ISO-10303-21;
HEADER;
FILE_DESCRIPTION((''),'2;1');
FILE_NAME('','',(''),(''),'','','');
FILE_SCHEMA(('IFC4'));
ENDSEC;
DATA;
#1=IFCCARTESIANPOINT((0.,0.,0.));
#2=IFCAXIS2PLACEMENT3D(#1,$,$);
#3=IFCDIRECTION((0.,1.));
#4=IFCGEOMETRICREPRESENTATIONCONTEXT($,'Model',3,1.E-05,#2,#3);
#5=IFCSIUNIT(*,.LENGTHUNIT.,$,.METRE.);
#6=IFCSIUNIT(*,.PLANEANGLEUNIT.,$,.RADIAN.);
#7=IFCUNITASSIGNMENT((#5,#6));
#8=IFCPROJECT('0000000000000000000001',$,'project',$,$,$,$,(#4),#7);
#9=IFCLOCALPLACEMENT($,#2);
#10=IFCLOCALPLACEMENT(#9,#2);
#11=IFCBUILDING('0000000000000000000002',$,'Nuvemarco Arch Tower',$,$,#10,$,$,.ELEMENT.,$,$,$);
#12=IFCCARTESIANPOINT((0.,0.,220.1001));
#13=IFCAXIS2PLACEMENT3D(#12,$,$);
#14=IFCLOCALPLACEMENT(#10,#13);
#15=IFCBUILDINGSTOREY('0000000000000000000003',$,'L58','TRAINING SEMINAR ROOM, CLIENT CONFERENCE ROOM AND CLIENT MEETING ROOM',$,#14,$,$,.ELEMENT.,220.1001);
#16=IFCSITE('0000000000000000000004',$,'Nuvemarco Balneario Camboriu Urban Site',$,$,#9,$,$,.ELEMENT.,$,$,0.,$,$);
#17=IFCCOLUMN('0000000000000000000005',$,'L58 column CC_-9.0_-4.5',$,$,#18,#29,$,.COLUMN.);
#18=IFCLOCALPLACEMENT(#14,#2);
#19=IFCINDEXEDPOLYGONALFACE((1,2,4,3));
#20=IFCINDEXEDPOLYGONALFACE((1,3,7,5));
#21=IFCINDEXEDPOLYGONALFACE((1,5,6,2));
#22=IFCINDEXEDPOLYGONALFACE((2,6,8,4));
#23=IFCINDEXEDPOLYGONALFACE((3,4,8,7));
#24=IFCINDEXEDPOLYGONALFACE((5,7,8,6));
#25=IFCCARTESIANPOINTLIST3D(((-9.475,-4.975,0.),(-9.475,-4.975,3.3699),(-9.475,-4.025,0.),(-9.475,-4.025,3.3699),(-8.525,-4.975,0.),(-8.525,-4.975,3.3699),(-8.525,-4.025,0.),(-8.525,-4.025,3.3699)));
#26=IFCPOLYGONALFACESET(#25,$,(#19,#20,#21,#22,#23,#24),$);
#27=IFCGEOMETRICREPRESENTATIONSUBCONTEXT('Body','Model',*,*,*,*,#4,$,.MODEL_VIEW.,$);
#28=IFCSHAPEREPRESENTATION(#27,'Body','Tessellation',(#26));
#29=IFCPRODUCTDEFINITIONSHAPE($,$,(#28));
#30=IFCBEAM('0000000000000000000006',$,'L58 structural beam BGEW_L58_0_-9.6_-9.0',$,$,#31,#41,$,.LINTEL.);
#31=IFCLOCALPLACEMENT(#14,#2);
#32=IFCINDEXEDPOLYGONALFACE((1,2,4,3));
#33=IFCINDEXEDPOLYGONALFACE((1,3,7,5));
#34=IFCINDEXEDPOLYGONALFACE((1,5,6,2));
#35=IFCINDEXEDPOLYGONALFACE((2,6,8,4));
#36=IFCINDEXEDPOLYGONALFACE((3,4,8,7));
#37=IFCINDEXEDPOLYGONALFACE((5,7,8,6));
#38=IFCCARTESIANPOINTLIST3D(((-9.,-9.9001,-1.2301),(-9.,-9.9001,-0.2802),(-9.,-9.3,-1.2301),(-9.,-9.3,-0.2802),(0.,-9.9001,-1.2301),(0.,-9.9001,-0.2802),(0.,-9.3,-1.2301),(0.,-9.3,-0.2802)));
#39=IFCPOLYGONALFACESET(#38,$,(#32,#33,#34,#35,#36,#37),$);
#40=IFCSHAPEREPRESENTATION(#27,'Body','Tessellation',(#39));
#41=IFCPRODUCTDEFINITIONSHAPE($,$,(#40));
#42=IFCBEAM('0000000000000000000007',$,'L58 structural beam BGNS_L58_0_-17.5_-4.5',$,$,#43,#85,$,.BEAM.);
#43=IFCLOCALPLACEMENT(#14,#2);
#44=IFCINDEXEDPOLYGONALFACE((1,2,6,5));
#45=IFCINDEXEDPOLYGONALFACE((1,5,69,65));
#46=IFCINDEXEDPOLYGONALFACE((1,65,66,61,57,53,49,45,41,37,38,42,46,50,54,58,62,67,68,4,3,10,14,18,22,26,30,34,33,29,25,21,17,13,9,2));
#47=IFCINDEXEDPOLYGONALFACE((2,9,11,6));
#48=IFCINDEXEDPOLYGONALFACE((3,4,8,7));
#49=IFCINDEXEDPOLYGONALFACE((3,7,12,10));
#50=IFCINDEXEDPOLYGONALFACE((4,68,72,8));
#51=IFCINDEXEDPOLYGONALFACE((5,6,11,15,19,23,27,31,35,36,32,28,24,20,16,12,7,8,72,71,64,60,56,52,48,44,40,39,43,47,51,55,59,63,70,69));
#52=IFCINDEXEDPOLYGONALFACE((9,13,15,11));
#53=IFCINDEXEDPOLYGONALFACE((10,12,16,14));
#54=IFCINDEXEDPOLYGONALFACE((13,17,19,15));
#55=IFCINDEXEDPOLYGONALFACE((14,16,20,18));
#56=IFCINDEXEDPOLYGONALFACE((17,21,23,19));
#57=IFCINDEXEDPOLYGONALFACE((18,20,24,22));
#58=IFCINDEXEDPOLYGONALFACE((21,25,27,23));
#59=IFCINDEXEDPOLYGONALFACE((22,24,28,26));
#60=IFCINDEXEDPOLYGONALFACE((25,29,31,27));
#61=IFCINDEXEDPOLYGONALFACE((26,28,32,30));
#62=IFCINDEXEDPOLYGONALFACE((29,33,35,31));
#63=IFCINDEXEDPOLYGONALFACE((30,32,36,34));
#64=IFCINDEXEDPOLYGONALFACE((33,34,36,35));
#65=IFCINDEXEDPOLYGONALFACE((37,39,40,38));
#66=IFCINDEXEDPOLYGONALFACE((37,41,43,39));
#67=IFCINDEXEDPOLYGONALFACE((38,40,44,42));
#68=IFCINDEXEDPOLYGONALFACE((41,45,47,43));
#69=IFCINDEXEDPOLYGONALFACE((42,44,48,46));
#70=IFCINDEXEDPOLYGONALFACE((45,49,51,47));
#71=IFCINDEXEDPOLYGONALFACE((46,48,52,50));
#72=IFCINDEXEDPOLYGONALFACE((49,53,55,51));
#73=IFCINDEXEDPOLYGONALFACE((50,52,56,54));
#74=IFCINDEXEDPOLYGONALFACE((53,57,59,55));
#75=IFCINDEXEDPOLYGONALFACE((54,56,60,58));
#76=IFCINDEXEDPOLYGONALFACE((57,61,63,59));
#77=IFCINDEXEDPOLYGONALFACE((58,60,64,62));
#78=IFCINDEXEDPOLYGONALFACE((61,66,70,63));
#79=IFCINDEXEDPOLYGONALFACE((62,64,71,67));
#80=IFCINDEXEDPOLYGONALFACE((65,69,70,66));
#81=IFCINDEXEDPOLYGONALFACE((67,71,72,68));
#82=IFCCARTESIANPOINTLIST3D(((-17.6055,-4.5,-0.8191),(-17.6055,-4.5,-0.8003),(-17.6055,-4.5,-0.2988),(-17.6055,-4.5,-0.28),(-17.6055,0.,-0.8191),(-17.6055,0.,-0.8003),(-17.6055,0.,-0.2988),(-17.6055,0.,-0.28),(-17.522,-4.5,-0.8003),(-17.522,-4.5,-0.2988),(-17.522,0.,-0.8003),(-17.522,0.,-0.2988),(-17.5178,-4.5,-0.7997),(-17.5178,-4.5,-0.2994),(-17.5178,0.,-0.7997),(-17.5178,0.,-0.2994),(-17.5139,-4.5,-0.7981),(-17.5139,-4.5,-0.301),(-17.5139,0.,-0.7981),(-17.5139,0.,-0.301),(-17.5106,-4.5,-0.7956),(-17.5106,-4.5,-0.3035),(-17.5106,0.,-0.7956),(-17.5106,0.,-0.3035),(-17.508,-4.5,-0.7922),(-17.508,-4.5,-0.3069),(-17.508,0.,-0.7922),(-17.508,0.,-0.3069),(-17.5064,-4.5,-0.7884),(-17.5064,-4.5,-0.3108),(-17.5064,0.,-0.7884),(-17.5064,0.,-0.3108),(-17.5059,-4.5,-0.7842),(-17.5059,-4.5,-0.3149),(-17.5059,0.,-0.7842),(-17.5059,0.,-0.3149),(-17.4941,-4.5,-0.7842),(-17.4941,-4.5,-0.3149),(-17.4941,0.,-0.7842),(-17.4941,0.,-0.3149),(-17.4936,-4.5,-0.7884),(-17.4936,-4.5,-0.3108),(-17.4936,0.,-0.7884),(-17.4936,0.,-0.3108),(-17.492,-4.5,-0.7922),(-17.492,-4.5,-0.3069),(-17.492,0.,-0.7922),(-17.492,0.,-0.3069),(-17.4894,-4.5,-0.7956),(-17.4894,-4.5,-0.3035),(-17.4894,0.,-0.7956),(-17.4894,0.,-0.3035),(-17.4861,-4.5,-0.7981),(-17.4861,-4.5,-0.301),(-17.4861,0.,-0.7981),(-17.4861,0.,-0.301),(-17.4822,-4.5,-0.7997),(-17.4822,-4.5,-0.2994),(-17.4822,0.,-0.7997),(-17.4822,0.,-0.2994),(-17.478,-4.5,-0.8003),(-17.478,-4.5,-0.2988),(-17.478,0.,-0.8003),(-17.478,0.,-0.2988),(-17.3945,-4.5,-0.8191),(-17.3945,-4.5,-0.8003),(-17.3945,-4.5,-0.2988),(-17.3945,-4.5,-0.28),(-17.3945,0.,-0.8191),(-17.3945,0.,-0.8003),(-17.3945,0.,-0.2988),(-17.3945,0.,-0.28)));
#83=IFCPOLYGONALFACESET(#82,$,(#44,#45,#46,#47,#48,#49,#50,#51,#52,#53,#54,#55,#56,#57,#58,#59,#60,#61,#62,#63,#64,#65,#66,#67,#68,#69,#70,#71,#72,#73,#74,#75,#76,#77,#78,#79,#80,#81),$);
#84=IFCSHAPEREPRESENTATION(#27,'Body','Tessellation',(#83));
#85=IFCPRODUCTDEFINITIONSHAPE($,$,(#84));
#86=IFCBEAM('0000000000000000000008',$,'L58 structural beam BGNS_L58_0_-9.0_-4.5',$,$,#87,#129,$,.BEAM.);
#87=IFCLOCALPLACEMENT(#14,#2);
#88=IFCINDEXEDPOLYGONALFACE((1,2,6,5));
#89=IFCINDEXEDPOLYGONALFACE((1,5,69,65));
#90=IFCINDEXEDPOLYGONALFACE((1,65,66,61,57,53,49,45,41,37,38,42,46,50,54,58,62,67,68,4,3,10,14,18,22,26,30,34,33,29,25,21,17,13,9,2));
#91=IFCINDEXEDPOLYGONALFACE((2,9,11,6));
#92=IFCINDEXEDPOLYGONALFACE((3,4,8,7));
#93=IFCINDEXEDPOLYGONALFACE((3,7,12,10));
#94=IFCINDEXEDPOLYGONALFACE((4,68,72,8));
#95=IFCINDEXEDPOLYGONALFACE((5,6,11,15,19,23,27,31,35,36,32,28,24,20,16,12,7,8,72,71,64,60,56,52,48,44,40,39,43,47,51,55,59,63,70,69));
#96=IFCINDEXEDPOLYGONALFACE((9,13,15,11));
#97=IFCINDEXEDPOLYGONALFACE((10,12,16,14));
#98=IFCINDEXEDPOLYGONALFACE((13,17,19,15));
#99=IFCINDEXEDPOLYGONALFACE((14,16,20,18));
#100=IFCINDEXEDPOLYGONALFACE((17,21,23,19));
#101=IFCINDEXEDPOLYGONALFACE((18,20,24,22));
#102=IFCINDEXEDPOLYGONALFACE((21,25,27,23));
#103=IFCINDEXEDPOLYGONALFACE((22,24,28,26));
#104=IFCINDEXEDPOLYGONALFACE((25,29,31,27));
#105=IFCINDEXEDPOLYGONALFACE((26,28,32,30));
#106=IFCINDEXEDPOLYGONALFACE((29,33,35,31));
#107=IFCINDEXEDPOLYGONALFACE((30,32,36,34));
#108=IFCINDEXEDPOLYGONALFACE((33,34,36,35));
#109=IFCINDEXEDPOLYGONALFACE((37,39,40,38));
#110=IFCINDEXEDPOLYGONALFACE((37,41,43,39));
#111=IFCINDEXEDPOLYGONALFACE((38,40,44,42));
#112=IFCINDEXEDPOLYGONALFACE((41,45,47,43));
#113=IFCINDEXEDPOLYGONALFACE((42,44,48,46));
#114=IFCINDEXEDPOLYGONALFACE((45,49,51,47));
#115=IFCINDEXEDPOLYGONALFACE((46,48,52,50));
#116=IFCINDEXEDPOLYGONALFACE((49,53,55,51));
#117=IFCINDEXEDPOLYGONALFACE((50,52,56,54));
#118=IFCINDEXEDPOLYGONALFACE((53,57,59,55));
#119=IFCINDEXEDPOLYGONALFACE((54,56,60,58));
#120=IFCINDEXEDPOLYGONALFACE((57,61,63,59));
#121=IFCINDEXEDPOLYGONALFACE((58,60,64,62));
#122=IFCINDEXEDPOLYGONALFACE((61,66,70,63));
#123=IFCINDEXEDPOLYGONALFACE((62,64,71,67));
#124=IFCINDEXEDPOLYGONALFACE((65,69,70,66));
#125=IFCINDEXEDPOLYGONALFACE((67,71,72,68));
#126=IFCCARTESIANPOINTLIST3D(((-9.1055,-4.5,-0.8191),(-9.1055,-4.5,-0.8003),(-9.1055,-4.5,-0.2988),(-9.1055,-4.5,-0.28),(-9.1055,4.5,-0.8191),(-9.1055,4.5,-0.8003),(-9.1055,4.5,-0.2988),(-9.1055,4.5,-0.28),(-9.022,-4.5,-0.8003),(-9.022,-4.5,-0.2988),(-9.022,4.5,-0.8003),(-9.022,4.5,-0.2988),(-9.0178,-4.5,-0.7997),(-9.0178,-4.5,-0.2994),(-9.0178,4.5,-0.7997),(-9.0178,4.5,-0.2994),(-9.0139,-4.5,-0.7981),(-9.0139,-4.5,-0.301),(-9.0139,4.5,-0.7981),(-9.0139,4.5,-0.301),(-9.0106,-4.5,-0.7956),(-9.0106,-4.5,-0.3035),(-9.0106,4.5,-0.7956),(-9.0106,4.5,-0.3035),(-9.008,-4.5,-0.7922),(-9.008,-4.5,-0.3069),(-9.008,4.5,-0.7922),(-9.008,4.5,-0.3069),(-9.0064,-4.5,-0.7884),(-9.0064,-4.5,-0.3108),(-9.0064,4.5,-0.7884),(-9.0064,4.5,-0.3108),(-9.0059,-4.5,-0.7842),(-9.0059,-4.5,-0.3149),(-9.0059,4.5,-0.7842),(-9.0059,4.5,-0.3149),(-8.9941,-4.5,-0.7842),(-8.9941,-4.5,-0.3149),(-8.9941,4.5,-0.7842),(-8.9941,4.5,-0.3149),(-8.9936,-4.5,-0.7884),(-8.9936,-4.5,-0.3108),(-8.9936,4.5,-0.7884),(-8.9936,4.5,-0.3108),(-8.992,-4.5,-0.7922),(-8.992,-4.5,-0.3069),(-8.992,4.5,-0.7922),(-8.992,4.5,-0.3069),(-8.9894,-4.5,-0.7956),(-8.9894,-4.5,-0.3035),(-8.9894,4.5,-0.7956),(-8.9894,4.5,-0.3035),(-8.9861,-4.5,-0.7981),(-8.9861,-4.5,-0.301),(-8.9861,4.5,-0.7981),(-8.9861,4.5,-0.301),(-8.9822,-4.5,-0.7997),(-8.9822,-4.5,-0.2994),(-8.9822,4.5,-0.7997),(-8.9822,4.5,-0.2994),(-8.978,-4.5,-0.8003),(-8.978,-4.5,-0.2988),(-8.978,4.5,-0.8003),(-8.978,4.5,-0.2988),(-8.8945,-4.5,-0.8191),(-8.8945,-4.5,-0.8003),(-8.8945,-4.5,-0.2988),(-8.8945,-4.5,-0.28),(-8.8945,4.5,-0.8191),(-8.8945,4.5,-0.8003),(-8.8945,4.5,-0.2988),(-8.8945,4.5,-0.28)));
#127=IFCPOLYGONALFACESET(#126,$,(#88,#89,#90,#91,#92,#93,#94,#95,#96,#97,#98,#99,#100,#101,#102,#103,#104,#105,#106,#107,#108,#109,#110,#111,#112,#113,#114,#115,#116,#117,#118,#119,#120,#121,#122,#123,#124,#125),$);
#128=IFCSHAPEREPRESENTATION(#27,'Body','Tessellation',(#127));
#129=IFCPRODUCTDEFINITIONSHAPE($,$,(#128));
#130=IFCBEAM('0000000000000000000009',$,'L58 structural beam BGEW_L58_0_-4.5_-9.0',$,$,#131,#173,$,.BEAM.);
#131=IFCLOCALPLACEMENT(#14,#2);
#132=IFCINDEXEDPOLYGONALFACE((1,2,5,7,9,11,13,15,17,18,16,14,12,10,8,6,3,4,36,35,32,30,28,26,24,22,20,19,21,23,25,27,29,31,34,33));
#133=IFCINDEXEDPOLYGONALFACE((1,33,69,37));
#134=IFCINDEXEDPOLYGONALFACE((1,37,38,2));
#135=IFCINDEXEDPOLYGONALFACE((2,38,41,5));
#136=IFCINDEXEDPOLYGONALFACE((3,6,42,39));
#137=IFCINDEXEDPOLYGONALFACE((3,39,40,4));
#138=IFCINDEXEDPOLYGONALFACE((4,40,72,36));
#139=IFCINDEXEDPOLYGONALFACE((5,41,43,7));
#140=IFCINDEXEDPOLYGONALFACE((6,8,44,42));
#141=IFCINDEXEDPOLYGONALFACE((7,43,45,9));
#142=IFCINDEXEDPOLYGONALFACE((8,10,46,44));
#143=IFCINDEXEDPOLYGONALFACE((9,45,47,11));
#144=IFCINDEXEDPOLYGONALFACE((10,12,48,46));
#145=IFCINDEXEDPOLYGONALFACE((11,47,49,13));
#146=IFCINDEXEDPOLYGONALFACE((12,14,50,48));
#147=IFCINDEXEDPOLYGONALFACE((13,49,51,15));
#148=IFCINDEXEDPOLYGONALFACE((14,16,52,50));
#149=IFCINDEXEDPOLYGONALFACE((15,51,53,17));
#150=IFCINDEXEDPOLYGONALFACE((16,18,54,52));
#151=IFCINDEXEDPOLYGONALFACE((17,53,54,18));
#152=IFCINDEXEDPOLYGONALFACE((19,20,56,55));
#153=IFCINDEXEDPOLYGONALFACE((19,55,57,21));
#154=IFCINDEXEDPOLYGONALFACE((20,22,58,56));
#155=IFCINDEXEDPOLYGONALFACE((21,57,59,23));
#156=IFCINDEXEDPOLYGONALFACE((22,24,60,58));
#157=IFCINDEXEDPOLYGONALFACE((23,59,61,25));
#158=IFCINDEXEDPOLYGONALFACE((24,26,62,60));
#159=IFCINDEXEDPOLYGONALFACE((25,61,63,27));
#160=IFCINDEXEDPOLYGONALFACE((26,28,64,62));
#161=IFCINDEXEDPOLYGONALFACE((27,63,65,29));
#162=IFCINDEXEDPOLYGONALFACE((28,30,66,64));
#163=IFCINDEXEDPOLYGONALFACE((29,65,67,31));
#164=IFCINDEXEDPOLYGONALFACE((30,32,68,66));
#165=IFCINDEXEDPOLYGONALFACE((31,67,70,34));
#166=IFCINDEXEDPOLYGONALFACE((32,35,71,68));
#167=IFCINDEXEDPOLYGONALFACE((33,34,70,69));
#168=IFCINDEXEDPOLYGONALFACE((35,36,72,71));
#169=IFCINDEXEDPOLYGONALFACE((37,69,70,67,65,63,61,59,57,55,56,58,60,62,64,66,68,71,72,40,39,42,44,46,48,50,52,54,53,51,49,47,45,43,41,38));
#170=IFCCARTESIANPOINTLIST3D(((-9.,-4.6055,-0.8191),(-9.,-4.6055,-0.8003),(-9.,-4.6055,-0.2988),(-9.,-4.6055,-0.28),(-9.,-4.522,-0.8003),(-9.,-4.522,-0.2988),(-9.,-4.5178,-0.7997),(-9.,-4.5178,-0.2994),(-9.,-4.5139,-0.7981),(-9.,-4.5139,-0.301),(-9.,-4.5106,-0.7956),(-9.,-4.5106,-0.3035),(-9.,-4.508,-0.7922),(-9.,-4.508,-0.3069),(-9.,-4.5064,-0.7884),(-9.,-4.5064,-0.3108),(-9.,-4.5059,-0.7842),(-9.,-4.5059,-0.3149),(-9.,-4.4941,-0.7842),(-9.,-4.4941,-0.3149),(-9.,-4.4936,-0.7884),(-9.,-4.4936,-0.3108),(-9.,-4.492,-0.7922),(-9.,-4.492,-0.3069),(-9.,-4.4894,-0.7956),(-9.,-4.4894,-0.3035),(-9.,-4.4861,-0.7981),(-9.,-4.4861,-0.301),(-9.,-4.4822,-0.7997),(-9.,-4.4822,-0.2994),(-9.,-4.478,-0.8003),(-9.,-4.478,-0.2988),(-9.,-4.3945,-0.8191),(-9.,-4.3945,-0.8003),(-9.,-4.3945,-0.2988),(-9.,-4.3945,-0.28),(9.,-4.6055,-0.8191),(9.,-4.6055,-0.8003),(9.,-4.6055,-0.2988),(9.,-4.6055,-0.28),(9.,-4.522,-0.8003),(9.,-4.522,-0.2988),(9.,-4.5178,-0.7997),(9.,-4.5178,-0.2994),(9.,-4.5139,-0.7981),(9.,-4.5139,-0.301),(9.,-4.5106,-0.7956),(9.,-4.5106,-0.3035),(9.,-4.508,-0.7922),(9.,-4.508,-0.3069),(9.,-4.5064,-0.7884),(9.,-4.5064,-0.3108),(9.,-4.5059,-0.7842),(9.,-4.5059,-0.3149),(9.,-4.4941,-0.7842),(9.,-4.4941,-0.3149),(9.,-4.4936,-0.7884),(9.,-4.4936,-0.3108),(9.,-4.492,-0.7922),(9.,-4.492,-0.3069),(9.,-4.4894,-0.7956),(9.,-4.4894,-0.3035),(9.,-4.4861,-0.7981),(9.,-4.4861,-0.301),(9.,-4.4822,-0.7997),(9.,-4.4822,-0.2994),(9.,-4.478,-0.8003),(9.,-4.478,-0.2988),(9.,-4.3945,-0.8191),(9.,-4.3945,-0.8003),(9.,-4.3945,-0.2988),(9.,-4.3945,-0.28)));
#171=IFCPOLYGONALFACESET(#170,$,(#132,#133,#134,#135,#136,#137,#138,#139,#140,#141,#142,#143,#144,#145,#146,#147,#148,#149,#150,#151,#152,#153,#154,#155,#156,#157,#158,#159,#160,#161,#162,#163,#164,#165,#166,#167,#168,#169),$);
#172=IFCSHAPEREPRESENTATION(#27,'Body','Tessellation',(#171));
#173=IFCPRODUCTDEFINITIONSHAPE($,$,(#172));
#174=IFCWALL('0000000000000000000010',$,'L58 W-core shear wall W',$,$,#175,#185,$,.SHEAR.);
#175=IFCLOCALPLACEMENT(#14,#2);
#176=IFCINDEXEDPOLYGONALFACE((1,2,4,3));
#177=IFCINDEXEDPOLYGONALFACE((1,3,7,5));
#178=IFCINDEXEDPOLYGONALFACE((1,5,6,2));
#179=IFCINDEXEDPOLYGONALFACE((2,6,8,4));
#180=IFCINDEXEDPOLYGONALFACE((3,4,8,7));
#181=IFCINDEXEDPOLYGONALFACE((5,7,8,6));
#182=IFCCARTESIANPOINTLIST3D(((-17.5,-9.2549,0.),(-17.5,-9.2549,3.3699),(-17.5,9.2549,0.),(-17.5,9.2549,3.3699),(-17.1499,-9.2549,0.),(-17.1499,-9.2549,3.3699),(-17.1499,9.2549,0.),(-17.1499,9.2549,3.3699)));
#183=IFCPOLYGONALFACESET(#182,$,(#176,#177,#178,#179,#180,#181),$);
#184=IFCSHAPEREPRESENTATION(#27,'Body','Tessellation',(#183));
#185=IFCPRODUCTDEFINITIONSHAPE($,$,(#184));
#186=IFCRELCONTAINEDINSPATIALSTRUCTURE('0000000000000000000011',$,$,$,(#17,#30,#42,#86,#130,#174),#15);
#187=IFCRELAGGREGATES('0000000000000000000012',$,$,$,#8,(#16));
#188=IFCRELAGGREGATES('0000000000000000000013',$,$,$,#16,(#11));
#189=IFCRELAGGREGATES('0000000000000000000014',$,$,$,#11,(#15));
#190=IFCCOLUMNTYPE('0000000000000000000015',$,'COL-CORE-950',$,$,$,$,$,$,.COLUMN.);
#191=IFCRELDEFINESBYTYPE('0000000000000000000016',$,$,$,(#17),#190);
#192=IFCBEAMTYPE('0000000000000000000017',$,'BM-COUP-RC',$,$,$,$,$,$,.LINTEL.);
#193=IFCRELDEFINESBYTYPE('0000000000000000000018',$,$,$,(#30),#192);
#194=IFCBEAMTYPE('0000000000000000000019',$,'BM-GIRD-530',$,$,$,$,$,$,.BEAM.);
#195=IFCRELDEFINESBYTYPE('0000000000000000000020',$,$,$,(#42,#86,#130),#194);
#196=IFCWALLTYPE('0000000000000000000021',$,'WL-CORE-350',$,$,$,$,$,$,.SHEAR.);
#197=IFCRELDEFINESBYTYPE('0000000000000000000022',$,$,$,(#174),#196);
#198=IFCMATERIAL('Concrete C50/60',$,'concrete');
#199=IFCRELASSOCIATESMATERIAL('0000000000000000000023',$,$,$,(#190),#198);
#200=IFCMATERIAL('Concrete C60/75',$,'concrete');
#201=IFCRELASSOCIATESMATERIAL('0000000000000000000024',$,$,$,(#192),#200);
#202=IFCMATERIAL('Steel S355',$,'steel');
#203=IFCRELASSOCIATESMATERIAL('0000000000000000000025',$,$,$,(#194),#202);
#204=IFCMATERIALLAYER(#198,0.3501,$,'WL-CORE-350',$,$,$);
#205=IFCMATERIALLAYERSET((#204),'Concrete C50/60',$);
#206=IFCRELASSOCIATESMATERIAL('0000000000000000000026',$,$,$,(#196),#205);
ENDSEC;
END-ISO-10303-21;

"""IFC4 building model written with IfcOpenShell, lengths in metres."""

from ifc_helpers import new_model, si_unit, direction, frame, frame_2d, origin, origin_2d, place, context, subcontext, project, spatial, rectangle, i_section, extrude, material, layer, layer_set, material_profile, profile_set, type_object, element, save


model = new_model("IFC4")

# Units and contexts
model_context = context("Model", 3, precision=1e-05, world=origin(), true_north=direction((0.0, 1.0)))
body_context = subcontext(model_context, "Body", "Model", "MODEL_VIEW")
ifc_project = project(units=[si_unit("LENGTHUNIT", "METRE"), si_unit("PLANEANGLEUNIT", "RADIAN")], contexts=[model_context])

# Site, building, storey
site_placement = place(None, origin())
site = spatial("IfcSite", under=ifc_project, at=site_placement, Name="Nuvemarco Balneario Camboriu Urban Site", CompositionType="ELEMENT", RefElevation=0.0)
building_placement = place(site_placement, origin())
building = spatial("IfcBuilding", under=site, at=building_placement, Name="Nuvemarco Arch Tower", CompositionType="ELEMENT")
storey_placement = place(building_placement, frame((0.0, 0.0, 220.1001)))
storey = spatial("IfcBuildingStorey", under=building, at=storey_placement, Name="L58", Description="TRAINING SEMINAR ROOM, CLIENT CONFERENCE ROOM AND CLIENT MEETING ROOM", CompositionType="ELEMENT", Elevation=220.1001)

# Column
ifc_material_1 = material(Name="Concrete C50/60", Category="concrete")
ifc_material_profile_1 = material_profile(ifc_material_1, rectangle(XDim=0.95, YDim=0.95, at=origin_2d()), Name="RC-COL-950x950")
ifc_profile_set_1 = profile_set([ifc_material_profile_1], Name="Concrete C50/60")
column_type = type_object("IfcColumnType", Name="COL-CORE-950", PredefinedType="COLUMN", material=ifc_profile_set_1)
column_placement = place(storey_placement, frame((-9.0, -4.5, 0.0), z_axis=(0.0, 0.0, 1.0), x_axis=(1.0, 0.0, 0.0)))
element("IfcColumn", 1, at=column_placement, inside=storey, type_object=column_type, Name="L58 column CC_-9.0_-4.5", PredefinedType="COLUMN", context=body_context, shape_type="SweptSolid", body=[
    extrude(rectangle(XDim=0.95, YDim=0.95, at=origin_2d()), origin(), (0.0, 0.0, 1.0), 3.3699),
])

# Beams
ifc_material_2 = material(Name="Concrete C60/75", Category="concrete")
ifc_material_profile_2 = material_profile(ifc_material_2, rectangle(XDim=0.6001, YDim=0.95, at=origin_2d()), Name="RC-BM-600x950")
ifc_profile_set_2 = profile_set([ifc_material_profile_2], Name="Concrete C60/75")
beam_type_1 = type_object("IfcBeamType", Name="BM-COUP-RC", PredefinedType="LINTEL", material=ifc_profile_set_2)
beam_1_placement = place(storey_placement, frame((-9.0, -9.6001, -0.7551), z_axis=(1.0, 0.0, 0.0), x_axis=(0.0, 1.0, 0.0)))
element("IfcBeam", 2, at=beam_1_placement, inside=storey, type_object=beam_type_1, Name="L58 structural beam BGEW_L58_0_-9.6_-9.0", PredefinedType="LINTEL", context=body_context, shape_type="SweptSolid", body=[
    extrude(rectangle(XDim=0.6001, YDim=0.95, at=origin_2d()), origin(), (0.0, 0.0, 1.0), 9.0),
])
ifc_material_3 = material(Name="Steel S355", Category="steel")
ifc_material_profile_3 = material_profile(ifc_material_3, i_section(OverallWidth=0.2109, OverallDepth=0.5391, WebThickness=0.0117, FlangeThickness=0.0188, FilletRadius=0.0161, at=origin_2d()), Name="W530x109")
ifc_profile_set_3 = profile_set([ifc_material_profile_3], Name="Steel S355")
beam_type_2 = type_object("IfcBeamType", Name="BM-GIRD-530", PredefinedType="BEAM", material=ifc_profile_set_3)
beam_2_placement = place(storey_placement, frame((-17.5, -4.5, -0.5496), z_axis=(0.0, 1.0, 0.0), x_axis=(-1.0, 0.0, 0.0)))
element("IfcBeam", 3, at=beam_2_placement, inside=storey, type_object=beam_type_2, Name="L58 structural beam BGNS_L58_0_-17.5_-4.5", PredefinedType="BEAM", context=body_context, shape_type="SweptSolid", body=[
    extrude(i_section(OverallWidth=0.2109, OverallDepth=0.5391, WebThickness=0.0117, FlangeThickness=0.0188, FilletRadius=0.0161, at=origin_2d()), origin(), (0.0, 0.0, 1.0), 4.5),
])
beam_3_placement = place(storey_placement, frame((-9.0, -4.5, -0.5496), z_axis=(0.0, 1.0, 0.0), x_axis=(-1.0, 0.0, 0.0)))
element("IfcBeam", 4, at=beam_3_placement, inside=storey, type_object=beam_type_2, Name="L58 structural beam BGNS_L58_0_-9.0_-4.5", PredefinedType="BEAM", context=body_context, shape_type="SweptSolid", body=[
    extrude(i_section(OverallWidth=0.2109, OverallDepth=0.5391, WebThickness=0.0117, FlangeThickness=0.0188, FilletRadius=0.0161, at=origin_2d()), origin(), (0.0, 0.0, 1.0), 9.0),
])
beam_4_placement = place(storey_placement, frame((-9.0, -4.5, -0.5496), z_axis=(1.0, 0.0, 0.0), x_axis=(0.0, 1.0, 0.0)))
element("IfcBeam", 5, at=beam_4_placement, inside=storey, type_object=beam_type_2, Name="L58 structural beam BGEW_L58_0_-4.5_-9.0", PredefinedType="BEAM", context=body_context, shape_type="SweptSolid", body=[
    extrude(i_section(OverallWidth=0.2109, OverallDepth=0.5391, WebThickness=0.0117, FlangeThickness=0.0188, FilletRadius=0.0161, at=origin_2d()), origin(), (0.0, 0.0, 1.0), 18.0),
])

# Wall
ifc_layer_1 = layer(ifc_material_1, 0.3501, Name="WL-CORE-350")
ifc_layer_set_1 = layer_set([ifc_layer_1], Name="Concrete C50/60")
wall_type_1 = type_object("IfcWallType", Name="WL-CORE-350", PredefinedType="SHEAR", material=ifc_layer_set_1)
wall_1_placement = place(storey_placement, frame((-17.325, -9.2549, 0.0), z_axis=(0.0, 0.0, 1.0), x_axis=(0.0, 1.0, 0.0)))
element("IfcWall", 6, at=wall_1_placement, inside=storey, type_object=wall_type_1, Name="L58 W-core shear wall W", PredefinedType="SHEAR", context=body_context, shape_type="SweptSolid", body=[
    extrude(rectangle(XDim=18.5098, YDim=0.3501, at=frame_2d((9.2549, 0.0))), origin(), (0.0, 0.0, 1.0), 3.3699),
])

save(model, "model.ifc")
